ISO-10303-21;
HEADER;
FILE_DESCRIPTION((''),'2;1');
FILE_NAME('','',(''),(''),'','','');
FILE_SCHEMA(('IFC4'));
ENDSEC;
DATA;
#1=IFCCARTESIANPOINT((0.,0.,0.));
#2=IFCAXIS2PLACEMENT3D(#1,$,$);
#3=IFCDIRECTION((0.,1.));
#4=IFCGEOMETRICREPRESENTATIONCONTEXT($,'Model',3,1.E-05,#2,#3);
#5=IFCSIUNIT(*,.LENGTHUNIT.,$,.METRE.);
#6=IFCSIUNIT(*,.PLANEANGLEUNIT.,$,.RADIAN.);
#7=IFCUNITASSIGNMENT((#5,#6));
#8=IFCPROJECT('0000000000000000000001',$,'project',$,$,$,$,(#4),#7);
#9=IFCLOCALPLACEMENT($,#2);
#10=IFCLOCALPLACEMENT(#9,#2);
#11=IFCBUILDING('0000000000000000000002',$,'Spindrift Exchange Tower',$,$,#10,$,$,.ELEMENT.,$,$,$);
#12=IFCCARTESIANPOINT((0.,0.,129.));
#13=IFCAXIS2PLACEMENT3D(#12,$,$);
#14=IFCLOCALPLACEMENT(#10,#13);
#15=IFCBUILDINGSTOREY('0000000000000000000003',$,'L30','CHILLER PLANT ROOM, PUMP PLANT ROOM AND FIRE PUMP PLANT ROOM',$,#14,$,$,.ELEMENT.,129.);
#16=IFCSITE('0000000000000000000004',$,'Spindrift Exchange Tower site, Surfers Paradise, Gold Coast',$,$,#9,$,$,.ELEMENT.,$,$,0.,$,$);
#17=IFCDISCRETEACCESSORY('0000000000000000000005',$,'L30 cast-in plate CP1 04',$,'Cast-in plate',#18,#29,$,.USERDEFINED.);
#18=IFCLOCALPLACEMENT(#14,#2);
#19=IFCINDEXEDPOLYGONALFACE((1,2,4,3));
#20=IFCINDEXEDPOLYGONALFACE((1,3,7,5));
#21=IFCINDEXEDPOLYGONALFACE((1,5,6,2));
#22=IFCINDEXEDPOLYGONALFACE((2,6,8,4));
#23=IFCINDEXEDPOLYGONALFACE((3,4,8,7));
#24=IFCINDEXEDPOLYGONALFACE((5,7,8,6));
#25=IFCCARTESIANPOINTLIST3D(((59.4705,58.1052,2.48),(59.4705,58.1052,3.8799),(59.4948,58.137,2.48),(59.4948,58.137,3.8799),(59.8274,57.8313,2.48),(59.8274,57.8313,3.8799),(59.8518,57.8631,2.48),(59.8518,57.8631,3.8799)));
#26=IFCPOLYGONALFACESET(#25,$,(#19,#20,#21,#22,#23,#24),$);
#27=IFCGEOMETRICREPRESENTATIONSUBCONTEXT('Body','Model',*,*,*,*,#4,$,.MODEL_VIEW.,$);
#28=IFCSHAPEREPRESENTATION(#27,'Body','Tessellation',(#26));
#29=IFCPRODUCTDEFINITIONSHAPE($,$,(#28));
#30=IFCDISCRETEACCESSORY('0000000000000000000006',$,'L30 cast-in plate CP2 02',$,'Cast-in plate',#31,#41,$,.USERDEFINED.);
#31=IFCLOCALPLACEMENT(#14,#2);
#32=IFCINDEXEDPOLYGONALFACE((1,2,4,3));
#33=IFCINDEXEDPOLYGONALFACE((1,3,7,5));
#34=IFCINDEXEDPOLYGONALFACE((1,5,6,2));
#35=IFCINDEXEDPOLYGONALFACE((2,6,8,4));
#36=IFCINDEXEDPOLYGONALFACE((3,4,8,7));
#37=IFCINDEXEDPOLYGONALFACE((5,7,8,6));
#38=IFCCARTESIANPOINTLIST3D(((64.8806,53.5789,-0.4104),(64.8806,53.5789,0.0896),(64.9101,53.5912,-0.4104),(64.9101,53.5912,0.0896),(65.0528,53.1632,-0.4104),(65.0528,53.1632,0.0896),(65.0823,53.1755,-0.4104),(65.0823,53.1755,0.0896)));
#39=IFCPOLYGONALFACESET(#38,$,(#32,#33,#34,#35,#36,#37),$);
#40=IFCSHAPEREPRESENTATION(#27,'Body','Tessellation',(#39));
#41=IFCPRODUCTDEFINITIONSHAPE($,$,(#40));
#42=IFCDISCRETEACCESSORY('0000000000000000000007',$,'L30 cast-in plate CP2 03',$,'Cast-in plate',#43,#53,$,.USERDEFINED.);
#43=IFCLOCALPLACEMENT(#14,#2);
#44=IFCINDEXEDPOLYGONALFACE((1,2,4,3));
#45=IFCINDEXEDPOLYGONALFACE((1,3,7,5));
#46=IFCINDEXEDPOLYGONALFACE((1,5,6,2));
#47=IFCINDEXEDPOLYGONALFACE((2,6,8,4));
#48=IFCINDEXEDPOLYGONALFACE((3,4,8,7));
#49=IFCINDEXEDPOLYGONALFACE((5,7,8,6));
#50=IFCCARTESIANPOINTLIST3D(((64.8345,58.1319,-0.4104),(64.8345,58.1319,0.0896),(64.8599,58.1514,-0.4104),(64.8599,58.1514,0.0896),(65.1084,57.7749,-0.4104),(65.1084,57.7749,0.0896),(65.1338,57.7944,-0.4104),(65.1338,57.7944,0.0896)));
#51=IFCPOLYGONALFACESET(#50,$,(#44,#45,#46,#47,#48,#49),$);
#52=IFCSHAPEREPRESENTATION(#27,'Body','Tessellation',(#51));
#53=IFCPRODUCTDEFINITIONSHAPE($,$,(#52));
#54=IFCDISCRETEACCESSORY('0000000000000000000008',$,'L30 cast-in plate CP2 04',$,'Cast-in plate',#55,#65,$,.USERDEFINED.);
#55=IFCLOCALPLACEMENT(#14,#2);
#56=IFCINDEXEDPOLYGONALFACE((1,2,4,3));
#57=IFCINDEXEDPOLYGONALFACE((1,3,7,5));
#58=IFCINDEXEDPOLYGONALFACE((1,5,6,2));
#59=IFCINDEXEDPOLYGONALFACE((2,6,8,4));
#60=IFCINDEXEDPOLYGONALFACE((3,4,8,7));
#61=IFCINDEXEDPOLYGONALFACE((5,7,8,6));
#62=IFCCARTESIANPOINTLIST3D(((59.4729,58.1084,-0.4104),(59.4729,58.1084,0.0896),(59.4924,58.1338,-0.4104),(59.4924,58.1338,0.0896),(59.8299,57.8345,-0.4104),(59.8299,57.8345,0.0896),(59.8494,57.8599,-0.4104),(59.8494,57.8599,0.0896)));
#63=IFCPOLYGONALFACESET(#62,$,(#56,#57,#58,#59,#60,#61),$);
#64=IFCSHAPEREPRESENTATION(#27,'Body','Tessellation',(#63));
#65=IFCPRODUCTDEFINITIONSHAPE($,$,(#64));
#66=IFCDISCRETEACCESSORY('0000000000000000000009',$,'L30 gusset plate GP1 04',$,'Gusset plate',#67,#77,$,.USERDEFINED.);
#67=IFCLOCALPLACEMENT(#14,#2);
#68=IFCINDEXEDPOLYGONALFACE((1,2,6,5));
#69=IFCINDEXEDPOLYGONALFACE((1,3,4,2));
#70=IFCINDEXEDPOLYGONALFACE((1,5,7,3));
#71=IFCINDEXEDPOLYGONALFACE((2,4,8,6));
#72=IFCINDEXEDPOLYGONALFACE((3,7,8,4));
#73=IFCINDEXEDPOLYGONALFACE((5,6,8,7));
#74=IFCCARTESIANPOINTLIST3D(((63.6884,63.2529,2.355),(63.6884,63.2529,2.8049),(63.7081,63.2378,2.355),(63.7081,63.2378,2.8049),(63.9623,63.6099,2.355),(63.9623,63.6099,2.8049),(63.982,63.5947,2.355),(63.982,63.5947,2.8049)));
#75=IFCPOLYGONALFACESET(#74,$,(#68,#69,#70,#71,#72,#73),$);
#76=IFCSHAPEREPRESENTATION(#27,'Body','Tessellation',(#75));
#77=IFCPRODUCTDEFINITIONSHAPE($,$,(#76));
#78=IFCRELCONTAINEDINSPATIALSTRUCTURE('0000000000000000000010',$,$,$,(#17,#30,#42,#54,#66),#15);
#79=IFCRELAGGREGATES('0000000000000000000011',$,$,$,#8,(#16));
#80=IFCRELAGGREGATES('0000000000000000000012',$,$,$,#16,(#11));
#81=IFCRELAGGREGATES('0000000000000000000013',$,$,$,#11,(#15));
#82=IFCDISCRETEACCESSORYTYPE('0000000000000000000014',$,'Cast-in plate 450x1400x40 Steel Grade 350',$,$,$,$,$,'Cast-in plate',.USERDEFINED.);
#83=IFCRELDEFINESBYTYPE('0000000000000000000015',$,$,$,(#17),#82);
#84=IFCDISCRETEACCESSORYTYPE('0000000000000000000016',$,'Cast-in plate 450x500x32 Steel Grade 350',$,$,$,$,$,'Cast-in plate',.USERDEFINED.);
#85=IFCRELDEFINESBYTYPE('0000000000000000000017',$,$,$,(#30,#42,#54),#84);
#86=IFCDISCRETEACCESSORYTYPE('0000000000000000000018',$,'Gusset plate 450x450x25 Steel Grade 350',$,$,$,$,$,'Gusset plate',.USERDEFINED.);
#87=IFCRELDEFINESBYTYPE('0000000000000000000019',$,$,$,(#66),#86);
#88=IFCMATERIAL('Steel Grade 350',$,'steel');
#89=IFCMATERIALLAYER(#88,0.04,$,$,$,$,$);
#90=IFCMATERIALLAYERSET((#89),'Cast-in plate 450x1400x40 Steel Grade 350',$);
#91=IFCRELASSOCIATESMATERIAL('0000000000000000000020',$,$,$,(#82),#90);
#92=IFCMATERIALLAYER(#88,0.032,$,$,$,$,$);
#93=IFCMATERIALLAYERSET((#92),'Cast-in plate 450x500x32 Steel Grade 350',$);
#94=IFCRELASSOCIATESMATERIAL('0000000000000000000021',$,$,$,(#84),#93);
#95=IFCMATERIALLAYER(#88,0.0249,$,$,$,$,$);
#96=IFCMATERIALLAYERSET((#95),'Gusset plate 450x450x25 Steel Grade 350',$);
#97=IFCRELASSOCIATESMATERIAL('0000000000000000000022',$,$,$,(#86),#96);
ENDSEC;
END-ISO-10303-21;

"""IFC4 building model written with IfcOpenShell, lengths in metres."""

from ifc_helpers import new_model, si_unit, direction, frame, origin, origin_2d, place, context, subcontext, project, spatial, rectangle, extrude, source, transform, mapped, material, layer, layer_set, type_object, element, save


model = new_model("IFC4")

# Units and contexts
model_context = context("Model", 3, precision=1e-05, world=origin(), true_north=direction((0.0, 1.0)))
body_context = subcontext(model_context, "Body", "Model", "MODEL_VIEW")
ifc_project = project(units=[si_unit("LENGTHUNIT", "METRE"), si_unit("PLANEANGLEUNIT", "RADIAN")], contexts=[model_context])

# Site, building, storey
site_placement = place(None, origin())
site = spatial("IfcSite", under=ifc_project, at=site_placement, Name="Spindrift Exchange Tower site, Surfers Paradise, Gold Coast", CompositionType="ELEMENT", RefElevation=0.0)
building_placement = place(site_placement, origin())
building = spatial("IfcBuilding", under=site, at=building_placement, Name="Spindrift Exchange Tower", CompositionType="ELEMENT")
storey_placement = place(building_placement, frame((0.0, 0.0, 129.0)))
storey = spatial("IfcBuildingStorey", under=building, at=storey_placement, Name="L30", Description="CHILLER PLANT ROOM, PUMP PLANT ROOM AND FIRE PUMP PLANT ROOM", CompositionType="ELEMENT", Elevation=129.0)

# Discrete accessories
ifc_material_1 = material(Name="Steel Grade 350", Category="steel")
ifc_layer_1 = layer(ifc_material_1, 0.04)
ifc_layer_set_1 = layer_set([ifc_layer_1], Name="Cast-in plate 450x1400x40 Steel Grade 350")
discrete_accessory_type_1 = type_object("IfcDiscreteAccessoryType", Name="Cast-in plate 450x1400x40 Steel Grade 350", ElementType="Cast-in plate", PredefinedType="USERDEFINED", material=ifc_layer_set_1)
shared_shape_1 = source(origin(), body_context, "Body", "SweptSolid", [
    extrude(rectangle(XDim=0.04, YDim=0.45, at=origin_2d()), origin(), (0.0, 0.0, 1.0), 1.3999),
])
for number, where, z_axis, x_axis, name in (
    (1, (59.6611, 57.9841, 2.48), (0.0, 0.0, 1.0), (0.608761, 0.793353, 0.0), "L30 cast-in plate CP1 04"),
):
    element("IfcDiscreteAccessory", number, at=place(storey_placement, frame(where, z_axis=z_axis, x_axis=x_axis)), inside=storey, type_object=discrete_accessory_type_1, Name=name, ObjectType="Cast-in plate", PredefinedType="USERDEFINED", context=body_context, shape_type="MappedRepresentation", body=[
        mapped(shared_shape_1, transform((0.0, 0.0, 0.0), scale=1.0)),
    ])
ifc_layer_2 = layer(ifc_material_1, 0.032)
ifc_layer_set_2 = layer_set([ifc_layer_2], Name="Cast-in plate 450x500x32 Steel Grade 350")
discrete_accessory_type_2 = type_object("IfcDiscreteAccessoryType", Name="Cast-in plate 450x500x32 Steel Grade 350", ElementType="Cast-in plate", PredefinedType="USERDEFINED", material=ifc_layer_set_2)
shared_shape_2 = source(origin(), body_context, "Body", "SweptSolid", [
    extrude(rectangle(XDim=0.032, YDim=0.45, at=origin_2d()), origin(), (0.0, 0.0, 1.0), 0.5),
])
for number, where, z_axis, x_axis, name in (
    (2, (64.9814, 53.3772, -0.4104), (0.0, 0.0, 1.0), (0.92388, 0.382683, 0.0), "L30 cast-in plate CP2 02"),
    (3, (64.9841, 57.9631, -0.4104), (0.0, 0.0, 1.0), (0.793353, 0.608761, 0.0), "L30 cast-in plate CP2 03"),
    (4, (59.6611, 57.9841, -0.4104), (0.0, 0.0, 1.0), (0.608761, 0.793353, 0.0), "L30 cast-in plate CP2 04"),
):
    element("IfcDiscreteAccessory", number, at=place(storey_placement, frame(where, z_axis=z_axis, x_axis=x_axis)), inside=storey, type_object=discrete_accessory_type_2, Name=name, ObjectType="Cast-in plate", PredefinedType="USERDEFINED", context=body_context, shape_type="MappedRepresentation", body=[
        mapped(shared_shape_2, transform((0.0, 0.0, 0.0), scale=1.0)),
    ])
ifc_layer_3 = layer(ifc_material_1, 0.0249)
ifc_layer_set_3 = layer_set([ifc_layer_3], Name="Gusset plate 450x450x25 Steel Grade 350")
discrete_accessory_type_3 = type_object("IfcDiscreteAccessoryType", Name="Gusset plate 450x450x25 Steel Grade 350", ElementType="Gusset plate", PredefinedType="USERDEFINED", material=ifc_layer_set_3)
shared_shape_3 = source(origin(), body_context, "Body", "SweptSolid", [
    extrude(rectangle(XDim=0.45, YDim=0.0249, at=origin_2d()), origin(), (0.0, 0.0, 1.0), 0.45),
])
discrete_accessory_placement = place(storey_placement, frame((63.8352, 63.4238, 2.355), z_axis=(0.0, 0.0, 1.0), x_axis=(0.608766, 0.79335, 0.0)))
element("IfcDiscreteAccessory", 5, at=discrete_accessory_placement, inside=storey, type_object=discrete_accessory_type_3, Name="L30 gusset plate GP1 04", ObjectType="Gusset plate", PredefinedType="USERDEFINED", context=body_context, shape_type="MappedRepresentation", body=[
    mapped(shared_shape_3, transform((0.0, 0.0, 0.0), scale=1.0)),
])

save(model, "model.ifc")
